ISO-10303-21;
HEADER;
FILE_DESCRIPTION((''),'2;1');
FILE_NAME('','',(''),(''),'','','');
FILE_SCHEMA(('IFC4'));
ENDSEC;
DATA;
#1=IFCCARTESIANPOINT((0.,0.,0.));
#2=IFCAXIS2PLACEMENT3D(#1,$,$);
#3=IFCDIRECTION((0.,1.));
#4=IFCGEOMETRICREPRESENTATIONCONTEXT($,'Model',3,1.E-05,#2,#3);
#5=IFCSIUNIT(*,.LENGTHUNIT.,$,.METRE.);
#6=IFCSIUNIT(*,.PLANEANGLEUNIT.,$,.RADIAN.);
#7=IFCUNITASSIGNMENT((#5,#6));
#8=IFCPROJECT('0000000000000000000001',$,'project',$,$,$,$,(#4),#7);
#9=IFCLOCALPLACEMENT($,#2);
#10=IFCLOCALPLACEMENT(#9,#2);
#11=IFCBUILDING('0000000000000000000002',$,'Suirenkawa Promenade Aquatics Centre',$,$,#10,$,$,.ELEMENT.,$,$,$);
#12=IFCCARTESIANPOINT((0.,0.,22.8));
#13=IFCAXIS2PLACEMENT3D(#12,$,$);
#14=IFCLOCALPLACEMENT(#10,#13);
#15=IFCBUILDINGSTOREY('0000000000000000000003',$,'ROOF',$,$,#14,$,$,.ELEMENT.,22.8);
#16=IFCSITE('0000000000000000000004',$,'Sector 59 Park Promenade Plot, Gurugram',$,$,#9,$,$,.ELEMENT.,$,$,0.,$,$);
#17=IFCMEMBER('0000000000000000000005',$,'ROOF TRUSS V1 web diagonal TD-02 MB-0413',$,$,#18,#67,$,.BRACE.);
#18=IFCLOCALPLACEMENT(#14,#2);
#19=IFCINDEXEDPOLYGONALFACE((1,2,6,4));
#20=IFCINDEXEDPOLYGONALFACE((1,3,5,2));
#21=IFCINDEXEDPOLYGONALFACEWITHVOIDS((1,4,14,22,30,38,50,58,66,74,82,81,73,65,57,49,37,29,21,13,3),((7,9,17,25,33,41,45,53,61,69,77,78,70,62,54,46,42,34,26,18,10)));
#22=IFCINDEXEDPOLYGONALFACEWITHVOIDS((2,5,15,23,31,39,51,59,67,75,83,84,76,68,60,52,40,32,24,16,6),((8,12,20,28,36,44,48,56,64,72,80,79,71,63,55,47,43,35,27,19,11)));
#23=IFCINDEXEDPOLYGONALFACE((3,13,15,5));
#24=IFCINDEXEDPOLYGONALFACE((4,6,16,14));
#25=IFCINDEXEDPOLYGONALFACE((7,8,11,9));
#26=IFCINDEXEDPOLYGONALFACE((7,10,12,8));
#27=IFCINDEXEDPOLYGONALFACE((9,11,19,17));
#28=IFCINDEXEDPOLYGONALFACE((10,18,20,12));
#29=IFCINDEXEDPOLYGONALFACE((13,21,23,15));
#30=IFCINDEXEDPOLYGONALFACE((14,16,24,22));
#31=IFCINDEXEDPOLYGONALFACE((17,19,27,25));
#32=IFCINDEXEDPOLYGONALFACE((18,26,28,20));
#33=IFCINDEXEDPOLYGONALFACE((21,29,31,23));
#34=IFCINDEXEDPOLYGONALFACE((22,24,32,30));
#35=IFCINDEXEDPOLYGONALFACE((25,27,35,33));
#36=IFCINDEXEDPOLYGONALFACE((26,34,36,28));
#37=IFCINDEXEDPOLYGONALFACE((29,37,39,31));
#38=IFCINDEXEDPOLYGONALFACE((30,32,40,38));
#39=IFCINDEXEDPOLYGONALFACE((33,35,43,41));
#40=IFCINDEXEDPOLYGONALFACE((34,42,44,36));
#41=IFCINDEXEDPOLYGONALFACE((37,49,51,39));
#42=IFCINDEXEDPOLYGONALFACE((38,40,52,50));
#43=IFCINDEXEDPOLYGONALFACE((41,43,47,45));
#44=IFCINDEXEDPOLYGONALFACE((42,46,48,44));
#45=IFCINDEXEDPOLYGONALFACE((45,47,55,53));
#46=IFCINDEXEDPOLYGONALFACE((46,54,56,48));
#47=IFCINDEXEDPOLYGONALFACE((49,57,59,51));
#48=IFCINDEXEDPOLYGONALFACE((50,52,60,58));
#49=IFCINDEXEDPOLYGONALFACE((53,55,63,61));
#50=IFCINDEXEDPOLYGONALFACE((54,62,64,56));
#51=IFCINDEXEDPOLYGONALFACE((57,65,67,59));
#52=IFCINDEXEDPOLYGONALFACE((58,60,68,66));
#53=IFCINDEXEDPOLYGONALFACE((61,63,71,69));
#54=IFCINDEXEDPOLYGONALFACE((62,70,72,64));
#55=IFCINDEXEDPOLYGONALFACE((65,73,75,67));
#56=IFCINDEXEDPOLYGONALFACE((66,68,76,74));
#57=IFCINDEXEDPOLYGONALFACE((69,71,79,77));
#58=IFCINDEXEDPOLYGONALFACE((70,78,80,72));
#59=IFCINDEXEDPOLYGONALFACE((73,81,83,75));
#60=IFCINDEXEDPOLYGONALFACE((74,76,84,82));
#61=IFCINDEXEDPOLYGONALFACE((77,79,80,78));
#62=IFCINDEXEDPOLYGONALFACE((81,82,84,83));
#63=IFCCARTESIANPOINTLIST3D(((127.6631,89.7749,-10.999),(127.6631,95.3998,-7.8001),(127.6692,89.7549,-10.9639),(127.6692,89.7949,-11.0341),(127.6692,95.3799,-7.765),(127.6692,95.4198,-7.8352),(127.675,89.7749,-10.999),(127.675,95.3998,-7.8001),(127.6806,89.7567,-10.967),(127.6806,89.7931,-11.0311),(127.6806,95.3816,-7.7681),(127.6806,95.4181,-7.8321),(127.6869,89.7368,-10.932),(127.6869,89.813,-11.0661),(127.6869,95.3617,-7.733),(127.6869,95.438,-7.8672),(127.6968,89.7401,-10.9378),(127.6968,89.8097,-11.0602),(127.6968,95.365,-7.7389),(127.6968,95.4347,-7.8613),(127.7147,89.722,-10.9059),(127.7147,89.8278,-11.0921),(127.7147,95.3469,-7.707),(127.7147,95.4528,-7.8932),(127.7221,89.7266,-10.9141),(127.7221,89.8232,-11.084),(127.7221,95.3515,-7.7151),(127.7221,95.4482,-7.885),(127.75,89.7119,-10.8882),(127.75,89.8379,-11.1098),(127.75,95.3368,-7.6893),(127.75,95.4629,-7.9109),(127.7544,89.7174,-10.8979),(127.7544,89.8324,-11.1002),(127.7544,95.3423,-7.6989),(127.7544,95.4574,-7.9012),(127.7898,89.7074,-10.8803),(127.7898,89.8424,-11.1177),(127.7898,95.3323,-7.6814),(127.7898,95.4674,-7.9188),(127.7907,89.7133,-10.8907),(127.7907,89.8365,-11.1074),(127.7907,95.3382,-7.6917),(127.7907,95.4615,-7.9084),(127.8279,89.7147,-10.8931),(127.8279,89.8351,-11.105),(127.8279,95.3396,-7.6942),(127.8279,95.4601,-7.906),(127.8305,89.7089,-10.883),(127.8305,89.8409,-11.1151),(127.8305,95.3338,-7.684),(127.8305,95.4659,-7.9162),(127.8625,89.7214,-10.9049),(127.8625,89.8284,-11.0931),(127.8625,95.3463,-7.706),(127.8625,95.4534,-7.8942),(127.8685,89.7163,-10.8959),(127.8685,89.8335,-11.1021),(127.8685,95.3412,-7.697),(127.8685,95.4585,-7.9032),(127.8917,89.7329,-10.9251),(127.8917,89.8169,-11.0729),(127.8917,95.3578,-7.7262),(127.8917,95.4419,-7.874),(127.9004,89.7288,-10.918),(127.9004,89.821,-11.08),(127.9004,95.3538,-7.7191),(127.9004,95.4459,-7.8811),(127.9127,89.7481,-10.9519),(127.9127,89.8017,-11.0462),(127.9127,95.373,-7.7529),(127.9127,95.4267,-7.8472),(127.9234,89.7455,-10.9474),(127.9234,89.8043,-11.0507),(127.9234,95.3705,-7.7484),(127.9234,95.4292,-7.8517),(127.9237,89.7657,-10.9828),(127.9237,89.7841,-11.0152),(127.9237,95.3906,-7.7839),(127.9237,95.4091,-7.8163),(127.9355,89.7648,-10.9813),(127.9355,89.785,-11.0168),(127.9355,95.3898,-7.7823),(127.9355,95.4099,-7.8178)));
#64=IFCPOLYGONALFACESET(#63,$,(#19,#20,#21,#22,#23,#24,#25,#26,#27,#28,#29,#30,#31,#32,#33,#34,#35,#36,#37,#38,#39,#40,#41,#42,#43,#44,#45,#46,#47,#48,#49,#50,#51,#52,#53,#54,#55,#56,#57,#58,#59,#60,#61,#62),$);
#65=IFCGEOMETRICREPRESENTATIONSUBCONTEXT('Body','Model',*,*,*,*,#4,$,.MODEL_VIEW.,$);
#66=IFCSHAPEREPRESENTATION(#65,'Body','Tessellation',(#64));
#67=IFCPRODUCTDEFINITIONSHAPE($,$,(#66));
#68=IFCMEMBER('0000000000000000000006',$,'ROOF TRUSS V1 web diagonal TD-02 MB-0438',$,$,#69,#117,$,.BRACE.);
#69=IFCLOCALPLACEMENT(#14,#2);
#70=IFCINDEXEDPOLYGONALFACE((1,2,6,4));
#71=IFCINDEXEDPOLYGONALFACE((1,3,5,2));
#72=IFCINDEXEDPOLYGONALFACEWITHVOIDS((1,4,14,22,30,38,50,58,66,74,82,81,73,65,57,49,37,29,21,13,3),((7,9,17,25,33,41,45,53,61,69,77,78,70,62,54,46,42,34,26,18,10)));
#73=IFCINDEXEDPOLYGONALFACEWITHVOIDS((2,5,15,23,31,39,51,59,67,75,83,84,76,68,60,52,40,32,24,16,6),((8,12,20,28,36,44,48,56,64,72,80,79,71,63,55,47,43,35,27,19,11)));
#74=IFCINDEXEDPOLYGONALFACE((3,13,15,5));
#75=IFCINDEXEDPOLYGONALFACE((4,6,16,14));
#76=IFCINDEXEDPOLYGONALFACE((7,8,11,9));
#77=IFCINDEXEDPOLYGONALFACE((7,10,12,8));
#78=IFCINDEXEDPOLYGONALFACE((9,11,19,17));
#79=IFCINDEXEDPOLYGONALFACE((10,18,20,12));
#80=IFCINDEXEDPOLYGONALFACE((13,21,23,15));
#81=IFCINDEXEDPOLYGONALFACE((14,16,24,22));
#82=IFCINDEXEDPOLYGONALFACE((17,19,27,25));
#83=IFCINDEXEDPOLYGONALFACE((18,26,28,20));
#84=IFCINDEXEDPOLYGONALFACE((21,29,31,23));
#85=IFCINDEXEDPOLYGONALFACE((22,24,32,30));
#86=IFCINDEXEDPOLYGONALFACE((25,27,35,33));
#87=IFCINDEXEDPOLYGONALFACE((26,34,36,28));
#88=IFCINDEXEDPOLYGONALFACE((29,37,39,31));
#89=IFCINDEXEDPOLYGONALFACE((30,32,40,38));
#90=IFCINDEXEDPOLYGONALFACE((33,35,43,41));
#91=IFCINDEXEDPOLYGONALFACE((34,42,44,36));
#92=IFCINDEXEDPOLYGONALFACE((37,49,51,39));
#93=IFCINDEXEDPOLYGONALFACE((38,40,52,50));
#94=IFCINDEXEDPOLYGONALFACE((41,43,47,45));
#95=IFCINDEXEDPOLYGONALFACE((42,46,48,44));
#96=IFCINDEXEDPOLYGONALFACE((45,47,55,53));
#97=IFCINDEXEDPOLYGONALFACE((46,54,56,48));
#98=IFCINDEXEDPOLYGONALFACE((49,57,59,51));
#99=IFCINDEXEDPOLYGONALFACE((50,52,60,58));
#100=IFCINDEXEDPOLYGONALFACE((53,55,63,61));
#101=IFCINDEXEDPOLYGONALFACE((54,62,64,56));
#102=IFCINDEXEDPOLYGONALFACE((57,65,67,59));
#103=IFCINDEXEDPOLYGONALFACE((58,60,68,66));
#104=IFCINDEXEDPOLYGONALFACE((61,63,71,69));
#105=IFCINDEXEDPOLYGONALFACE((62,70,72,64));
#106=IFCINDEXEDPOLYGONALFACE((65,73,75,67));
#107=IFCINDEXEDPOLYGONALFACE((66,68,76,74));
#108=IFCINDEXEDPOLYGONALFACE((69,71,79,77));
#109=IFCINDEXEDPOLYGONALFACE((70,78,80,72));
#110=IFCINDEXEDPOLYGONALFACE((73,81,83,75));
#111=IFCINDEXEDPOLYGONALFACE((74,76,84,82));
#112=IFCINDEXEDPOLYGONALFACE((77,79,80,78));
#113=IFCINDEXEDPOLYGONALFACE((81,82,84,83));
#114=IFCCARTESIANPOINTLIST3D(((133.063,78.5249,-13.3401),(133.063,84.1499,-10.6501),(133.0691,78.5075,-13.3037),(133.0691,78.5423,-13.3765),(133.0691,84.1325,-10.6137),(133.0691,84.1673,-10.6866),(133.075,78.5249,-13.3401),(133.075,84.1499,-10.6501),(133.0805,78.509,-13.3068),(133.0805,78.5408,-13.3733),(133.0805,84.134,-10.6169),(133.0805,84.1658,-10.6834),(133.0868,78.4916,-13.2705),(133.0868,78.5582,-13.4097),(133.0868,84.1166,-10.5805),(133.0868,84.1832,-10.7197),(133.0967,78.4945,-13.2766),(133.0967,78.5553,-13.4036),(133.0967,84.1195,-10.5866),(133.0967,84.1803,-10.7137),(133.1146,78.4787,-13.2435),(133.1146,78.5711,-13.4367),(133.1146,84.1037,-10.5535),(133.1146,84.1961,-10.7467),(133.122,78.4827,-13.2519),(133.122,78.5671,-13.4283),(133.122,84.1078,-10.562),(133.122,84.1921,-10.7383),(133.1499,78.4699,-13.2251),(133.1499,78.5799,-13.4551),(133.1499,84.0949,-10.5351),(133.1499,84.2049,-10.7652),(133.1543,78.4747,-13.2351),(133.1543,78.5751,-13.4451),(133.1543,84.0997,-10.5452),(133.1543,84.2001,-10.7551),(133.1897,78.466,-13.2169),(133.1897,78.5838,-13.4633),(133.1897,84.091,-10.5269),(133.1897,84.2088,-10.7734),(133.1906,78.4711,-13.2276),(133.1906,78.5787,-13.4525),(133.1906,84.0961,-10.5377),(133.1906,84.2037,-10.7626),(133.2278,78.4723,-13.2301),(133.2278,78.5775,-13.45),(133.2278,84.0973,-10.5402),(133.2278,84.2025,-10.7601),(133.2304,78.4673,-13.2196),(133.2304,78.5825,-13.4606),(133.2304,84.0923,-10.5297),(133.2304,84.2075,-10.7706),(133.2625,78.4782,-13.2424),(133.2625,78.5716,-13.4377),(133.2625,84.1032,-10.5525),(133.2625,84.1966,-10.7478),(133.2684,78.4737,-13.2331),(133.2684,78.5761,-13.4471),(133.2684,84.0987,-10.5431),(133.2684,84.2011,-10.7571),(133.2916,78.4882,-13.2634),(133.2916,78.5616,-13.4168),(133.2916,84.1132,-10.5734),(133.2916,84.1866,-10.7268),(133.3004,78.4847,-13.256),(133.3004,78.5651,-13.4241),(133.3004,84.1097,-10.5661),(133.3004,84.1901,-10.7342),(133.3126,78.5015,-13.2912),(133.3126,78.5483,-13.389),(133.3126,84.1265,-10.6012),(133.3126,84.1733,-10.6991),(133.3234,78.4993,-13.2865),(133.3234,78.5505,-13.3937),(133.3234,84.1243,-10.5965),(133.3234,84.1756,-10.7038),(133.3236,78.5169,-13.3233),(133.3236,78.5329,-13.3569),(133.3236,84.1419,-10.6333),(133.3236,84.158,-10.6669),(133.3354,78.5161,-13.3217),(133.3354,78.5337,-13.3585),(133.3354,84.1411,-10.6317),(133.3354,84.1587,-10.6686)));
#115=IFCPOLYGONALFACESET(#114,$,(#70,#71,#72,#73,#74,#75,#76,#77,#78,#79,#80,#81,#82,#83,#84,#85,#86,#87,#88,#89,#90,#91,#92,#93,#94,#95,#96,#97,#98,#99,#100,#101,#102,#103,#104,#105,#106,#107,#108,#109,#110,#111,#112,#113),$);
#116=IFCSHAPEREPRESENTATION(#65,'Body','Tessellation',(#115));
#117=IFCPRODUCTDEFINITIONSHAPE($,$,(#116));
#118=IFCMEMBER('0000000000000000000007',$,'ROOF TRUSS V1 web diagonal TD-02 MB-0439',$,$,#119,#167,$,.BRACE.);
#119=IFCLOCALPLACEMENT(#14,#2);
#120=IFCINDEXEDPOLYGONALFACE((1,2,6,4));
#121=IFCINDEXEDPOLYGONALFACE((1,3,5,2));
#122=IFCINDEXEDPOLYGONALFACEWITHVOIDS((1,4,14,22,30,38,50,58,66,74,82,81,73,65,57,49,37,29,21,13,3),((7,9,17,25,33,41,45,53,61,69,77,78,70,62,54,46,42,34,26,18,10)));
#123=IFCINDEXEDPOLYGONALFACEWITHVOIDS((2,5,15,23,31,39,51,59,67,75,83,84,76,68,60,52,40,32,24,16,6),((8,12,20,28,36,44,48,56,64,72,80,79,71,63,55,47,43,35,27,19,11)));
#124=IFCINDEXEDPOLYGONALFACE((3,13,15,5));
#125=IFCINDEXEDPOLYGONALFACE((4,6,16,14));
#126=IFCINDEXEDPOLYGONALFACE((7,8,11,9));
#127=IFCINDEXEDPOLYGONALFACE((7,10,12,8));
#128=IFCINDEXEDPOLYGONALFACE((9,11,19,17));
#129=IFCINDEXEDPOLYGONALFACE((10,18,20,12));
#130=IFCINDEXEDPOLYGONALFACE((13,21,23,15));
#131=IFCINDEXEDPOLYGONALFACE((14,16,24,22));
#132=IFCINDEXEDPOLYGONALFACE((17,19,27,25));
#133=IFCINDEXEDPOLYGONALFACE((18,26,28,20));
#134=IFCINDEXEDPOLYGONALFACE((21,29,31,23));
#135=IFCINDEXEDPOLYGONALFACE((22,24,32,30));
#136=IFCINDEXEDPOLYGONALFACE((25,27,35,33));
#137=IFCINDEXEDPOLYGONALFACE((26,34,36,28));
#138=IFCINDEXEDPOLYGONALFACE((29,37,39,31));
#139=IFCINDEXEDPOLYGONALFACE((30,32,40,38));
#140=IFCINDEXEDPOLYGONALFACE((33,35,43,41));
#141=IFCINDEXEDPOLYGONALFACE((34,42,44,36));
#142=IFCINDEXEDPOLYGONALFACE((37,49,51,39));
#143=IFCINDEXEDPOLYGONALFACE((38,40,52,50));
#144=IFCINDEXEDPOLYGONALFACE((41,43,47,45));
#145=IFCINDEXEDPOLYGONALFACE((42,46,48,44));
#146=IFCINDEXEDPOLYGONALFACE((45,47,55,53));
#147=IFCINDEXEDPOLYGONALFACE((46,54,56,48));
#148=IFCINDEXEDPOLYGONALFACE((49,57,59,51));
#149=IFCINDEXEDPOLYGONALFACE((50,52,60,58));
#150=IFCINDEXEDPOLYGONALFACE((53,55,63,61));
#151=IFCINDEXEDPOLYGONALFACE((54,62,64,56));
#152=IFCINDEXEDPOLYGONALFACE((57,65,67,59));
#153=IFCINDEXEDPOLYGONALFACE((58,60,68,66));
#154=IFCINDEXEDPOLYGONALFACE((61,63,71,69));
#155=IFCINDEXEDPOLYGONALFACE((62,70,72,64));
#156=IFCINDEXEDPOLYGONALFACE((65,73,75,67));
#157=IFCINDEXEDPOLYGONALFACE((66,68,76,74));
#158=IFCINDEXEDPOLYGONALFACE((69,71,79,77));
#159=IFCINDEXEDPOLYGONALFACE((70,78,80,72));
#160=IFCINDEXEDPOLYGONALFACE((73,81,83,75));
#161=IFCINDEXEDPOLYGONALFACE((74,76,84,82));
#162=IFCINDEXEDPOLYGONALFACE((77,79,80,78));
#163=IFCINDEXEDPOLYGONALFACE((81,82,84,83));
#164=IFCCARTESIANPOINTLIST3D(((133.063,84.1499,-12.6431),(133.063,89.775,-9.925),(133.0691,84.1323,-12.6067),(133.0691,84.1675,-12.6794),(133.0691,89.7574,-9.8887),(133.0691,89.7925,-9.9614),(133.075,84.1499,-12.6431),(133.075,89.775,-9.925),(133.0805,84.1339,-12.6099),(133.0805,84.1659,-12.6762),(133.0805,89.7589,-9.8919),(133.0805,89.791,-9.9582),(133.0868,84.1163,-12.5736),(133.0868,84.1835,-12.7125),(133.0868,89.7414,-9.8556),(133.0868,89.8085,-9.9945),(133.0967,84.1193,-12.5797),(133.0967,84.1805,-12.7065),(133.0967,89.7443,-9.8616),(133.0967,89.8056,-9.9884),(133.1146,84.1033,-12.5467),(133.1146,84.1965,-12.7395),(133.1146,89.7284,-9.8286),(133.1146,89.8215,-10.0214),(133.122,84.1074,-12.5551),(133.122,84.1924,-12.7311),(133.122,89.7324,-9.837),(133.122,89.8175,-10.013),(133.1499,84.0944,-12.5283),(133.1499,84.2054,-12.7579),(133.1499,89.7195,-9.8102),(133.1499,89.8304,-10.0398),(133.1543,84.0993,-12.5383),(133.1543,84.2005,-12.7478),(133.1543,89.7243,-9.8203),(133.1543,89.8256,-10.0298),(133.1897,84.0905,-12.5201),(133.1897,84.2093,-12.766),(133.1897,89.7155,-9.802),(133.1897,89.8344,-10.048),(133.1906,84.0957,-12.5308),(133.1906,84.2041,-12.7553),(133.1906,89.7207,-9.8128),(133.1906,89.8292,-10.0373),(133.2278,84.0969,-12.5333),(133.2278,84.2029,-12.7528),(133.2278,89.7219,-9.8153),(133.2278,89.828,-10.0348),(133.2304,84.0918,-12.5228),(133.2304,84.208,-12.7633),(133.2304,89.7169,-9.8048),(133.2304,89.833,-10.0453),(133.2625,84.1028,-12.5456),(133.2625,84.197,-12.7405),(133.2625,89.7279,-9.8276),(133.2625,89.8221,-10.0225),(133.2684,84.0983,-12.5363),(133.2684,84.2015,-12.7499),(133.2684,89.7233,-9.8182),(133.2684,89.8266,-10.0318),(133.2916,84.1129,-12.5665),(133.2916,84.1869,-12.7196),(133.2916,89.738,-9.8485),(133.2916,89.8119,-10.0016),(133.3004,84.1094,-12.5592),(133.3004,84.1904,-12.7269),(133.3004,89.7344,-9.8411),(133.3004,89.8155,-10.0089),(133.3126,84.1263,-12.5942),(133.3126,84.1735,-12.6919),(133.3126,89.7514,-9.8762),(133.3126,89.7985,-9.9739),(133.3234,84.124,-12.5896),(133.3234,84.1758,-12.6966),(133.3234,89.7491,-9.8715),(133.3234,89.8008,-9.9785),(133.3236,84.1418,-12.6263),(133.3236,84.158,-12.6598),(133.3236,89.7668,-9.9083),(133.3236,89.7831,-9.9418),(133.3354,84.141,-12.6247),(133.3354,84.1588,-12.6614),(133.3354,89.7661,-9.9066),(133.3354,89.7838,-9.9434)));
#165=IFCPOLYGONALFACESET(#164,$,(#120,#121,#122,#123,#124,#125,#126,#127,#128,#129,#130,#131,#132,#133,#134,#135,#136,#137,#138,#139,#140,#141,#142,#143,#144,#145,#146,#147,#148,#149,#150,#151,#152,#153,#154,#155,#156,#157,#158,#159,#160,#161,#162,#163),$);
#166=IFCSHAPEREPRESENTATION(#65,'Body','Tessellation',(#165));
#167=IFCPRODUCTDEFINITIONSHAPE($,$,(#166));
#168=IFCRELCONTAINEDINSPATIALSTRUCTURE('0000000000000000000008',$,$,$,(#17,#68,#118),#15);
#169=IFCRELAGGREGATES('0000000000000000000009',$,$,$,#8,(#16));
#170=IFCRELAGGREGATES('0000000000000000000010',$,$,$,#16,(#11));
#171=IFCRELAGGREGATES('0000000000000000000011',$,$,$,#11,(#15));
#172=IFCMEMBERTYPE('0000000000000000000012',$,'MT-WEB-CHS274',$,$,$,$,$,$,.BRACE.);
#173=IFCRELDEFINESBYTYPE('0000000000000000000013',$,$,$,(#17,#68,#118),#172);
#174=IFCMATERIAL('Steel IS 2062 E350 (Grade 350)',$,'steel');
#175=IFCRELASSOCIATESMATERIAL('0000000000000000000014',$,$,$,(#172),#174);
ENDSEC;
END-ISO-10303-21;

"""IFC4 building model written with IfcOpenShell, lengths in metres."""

from ifc_helpers import new_model, si_unit, direction, frame, origin, origin_2d, place, context, subcontext, project, spatial, hollow_circle, extrude, material, material_profile, profile_set, type_object, element, save


model = new_model("IFC4")

# Units and contexts
model_context = context("Model", 3, precision=1e-05, world=origin(), true_north=direction((0.0, 1.0)))
body_context = subcontext(model_context, "Body", "Model", "MODEL_VIEW")
ifc_project = project(units=[si_unit("LENGTHUNIT", "METRE"), si_unit("PLANEANGLEUNIT", "RADIAN")], contexts=[model_context])

# Site, building, storey
site_placement = place(None, origin())
site = spatial("IfcSite", under=ifc_project, at=site_placement, Name="Sector 59 Park Promenade Plot, Gurugram", CompositionType="ELEMENT", RefElevation=0.0)
building_placement = place(site_placement, origin())
building = spatial("IfcBuilding", under=site, at=building_placement, Name="Suirenkawa Promenade Aquatics Centre", CompositionType="ELEMENT")
storey_placement = place(building_placement, frame((0.0, 0.0, 22.8)))
storey = spatial("IfcBuildingStorey", under=building, at=storey_placement, Name="ROOF", CompositionType="ELEMENT", Elevation=22.8)

# Shared definitions
ifc_material = material(Name="Steel IS 2062 E350 (Grade 350)", Category="steel")

# Members
ifc_material_profile_1 = material_profile(ifc_material, hollow_circle(Radius=0.137, WallThickness=0.012, at=origin_2d()), Name="CHS 274x12", Category="steel")
ifc_profile_set_1 = profile_set([ifc_material_profile_1], Name="Steel IS 2062 E350 (Grade 350)")
member_type_1 = type_object("IfcMemberType", Name="MT-WEB-CHS274", PredefinedType="BRACE", material=ifc_profile_set_1)
member_1_placement = place(storey_placement, frame((127.8, 89.7749, -10.999), z_axis=(0.0, 0.869261, 0.494354), x_axis=(-1.0, 0.0, 0.0)))
element("IfcMember", 1, at=member_1_placement, inside=storey, type_object=member_type_1, Name="ROOF TRUSS V1 web diagonal TD-02 MB-0413", PredefinedType="BRACE", context=body_context, shape_type="SweptSolid", body=[
    extrude(hollow_circle(Radius=0.137, WallThickness=0.012, at=origin_2d()), origin(), (0.0, 0.0, 1.0), 6.4709),
])
member_2_placement = place(storey_placement, frame((133.2, 78.5249, -13.3401), z_axis=(0.0, 0.902151, 0.431419), x_axis=(-1.0, 0.0, 0.0)))
element("IfcMember", 2, at=member_2_placement, inside=storey, type_object=member_type_1, Name="ROOF TRUSS V1 web diagonal TD-02 MB-0438", PredefinedType="BRACE", context=body_context, shape_type="SweptSolid", body=[
    extrude(hollow_circle(Radius=0.137, WallThickness=0.012, at=origin_2d()), origin(), (0.0, 0.0, 1.0), 6.2351),
])
member_3_placement = place(storey_placement, frame((133.2, 84.1499, -12.6431), z_axis=(0.0, 0.900395, 0.435074), x_axis=(-1.0, 0.0, 0.0)))
element("IfcMember", 3, at=member_3_placement, inside=storey, type_object=member_type_1, Name="ROOF TRUSS V1 web diagonal TD-02 MB-0439", PredefinedType="BRACE", context=body_context, shape_type="SweptSolid", body=[
    extrude(hollow_circle(Radius=0.137, WallThickness=0.012, at=origin_2d()), origin(), (0.0, 0.0, 1.0), 6.2473),
])

save(model, "model.ifc")
